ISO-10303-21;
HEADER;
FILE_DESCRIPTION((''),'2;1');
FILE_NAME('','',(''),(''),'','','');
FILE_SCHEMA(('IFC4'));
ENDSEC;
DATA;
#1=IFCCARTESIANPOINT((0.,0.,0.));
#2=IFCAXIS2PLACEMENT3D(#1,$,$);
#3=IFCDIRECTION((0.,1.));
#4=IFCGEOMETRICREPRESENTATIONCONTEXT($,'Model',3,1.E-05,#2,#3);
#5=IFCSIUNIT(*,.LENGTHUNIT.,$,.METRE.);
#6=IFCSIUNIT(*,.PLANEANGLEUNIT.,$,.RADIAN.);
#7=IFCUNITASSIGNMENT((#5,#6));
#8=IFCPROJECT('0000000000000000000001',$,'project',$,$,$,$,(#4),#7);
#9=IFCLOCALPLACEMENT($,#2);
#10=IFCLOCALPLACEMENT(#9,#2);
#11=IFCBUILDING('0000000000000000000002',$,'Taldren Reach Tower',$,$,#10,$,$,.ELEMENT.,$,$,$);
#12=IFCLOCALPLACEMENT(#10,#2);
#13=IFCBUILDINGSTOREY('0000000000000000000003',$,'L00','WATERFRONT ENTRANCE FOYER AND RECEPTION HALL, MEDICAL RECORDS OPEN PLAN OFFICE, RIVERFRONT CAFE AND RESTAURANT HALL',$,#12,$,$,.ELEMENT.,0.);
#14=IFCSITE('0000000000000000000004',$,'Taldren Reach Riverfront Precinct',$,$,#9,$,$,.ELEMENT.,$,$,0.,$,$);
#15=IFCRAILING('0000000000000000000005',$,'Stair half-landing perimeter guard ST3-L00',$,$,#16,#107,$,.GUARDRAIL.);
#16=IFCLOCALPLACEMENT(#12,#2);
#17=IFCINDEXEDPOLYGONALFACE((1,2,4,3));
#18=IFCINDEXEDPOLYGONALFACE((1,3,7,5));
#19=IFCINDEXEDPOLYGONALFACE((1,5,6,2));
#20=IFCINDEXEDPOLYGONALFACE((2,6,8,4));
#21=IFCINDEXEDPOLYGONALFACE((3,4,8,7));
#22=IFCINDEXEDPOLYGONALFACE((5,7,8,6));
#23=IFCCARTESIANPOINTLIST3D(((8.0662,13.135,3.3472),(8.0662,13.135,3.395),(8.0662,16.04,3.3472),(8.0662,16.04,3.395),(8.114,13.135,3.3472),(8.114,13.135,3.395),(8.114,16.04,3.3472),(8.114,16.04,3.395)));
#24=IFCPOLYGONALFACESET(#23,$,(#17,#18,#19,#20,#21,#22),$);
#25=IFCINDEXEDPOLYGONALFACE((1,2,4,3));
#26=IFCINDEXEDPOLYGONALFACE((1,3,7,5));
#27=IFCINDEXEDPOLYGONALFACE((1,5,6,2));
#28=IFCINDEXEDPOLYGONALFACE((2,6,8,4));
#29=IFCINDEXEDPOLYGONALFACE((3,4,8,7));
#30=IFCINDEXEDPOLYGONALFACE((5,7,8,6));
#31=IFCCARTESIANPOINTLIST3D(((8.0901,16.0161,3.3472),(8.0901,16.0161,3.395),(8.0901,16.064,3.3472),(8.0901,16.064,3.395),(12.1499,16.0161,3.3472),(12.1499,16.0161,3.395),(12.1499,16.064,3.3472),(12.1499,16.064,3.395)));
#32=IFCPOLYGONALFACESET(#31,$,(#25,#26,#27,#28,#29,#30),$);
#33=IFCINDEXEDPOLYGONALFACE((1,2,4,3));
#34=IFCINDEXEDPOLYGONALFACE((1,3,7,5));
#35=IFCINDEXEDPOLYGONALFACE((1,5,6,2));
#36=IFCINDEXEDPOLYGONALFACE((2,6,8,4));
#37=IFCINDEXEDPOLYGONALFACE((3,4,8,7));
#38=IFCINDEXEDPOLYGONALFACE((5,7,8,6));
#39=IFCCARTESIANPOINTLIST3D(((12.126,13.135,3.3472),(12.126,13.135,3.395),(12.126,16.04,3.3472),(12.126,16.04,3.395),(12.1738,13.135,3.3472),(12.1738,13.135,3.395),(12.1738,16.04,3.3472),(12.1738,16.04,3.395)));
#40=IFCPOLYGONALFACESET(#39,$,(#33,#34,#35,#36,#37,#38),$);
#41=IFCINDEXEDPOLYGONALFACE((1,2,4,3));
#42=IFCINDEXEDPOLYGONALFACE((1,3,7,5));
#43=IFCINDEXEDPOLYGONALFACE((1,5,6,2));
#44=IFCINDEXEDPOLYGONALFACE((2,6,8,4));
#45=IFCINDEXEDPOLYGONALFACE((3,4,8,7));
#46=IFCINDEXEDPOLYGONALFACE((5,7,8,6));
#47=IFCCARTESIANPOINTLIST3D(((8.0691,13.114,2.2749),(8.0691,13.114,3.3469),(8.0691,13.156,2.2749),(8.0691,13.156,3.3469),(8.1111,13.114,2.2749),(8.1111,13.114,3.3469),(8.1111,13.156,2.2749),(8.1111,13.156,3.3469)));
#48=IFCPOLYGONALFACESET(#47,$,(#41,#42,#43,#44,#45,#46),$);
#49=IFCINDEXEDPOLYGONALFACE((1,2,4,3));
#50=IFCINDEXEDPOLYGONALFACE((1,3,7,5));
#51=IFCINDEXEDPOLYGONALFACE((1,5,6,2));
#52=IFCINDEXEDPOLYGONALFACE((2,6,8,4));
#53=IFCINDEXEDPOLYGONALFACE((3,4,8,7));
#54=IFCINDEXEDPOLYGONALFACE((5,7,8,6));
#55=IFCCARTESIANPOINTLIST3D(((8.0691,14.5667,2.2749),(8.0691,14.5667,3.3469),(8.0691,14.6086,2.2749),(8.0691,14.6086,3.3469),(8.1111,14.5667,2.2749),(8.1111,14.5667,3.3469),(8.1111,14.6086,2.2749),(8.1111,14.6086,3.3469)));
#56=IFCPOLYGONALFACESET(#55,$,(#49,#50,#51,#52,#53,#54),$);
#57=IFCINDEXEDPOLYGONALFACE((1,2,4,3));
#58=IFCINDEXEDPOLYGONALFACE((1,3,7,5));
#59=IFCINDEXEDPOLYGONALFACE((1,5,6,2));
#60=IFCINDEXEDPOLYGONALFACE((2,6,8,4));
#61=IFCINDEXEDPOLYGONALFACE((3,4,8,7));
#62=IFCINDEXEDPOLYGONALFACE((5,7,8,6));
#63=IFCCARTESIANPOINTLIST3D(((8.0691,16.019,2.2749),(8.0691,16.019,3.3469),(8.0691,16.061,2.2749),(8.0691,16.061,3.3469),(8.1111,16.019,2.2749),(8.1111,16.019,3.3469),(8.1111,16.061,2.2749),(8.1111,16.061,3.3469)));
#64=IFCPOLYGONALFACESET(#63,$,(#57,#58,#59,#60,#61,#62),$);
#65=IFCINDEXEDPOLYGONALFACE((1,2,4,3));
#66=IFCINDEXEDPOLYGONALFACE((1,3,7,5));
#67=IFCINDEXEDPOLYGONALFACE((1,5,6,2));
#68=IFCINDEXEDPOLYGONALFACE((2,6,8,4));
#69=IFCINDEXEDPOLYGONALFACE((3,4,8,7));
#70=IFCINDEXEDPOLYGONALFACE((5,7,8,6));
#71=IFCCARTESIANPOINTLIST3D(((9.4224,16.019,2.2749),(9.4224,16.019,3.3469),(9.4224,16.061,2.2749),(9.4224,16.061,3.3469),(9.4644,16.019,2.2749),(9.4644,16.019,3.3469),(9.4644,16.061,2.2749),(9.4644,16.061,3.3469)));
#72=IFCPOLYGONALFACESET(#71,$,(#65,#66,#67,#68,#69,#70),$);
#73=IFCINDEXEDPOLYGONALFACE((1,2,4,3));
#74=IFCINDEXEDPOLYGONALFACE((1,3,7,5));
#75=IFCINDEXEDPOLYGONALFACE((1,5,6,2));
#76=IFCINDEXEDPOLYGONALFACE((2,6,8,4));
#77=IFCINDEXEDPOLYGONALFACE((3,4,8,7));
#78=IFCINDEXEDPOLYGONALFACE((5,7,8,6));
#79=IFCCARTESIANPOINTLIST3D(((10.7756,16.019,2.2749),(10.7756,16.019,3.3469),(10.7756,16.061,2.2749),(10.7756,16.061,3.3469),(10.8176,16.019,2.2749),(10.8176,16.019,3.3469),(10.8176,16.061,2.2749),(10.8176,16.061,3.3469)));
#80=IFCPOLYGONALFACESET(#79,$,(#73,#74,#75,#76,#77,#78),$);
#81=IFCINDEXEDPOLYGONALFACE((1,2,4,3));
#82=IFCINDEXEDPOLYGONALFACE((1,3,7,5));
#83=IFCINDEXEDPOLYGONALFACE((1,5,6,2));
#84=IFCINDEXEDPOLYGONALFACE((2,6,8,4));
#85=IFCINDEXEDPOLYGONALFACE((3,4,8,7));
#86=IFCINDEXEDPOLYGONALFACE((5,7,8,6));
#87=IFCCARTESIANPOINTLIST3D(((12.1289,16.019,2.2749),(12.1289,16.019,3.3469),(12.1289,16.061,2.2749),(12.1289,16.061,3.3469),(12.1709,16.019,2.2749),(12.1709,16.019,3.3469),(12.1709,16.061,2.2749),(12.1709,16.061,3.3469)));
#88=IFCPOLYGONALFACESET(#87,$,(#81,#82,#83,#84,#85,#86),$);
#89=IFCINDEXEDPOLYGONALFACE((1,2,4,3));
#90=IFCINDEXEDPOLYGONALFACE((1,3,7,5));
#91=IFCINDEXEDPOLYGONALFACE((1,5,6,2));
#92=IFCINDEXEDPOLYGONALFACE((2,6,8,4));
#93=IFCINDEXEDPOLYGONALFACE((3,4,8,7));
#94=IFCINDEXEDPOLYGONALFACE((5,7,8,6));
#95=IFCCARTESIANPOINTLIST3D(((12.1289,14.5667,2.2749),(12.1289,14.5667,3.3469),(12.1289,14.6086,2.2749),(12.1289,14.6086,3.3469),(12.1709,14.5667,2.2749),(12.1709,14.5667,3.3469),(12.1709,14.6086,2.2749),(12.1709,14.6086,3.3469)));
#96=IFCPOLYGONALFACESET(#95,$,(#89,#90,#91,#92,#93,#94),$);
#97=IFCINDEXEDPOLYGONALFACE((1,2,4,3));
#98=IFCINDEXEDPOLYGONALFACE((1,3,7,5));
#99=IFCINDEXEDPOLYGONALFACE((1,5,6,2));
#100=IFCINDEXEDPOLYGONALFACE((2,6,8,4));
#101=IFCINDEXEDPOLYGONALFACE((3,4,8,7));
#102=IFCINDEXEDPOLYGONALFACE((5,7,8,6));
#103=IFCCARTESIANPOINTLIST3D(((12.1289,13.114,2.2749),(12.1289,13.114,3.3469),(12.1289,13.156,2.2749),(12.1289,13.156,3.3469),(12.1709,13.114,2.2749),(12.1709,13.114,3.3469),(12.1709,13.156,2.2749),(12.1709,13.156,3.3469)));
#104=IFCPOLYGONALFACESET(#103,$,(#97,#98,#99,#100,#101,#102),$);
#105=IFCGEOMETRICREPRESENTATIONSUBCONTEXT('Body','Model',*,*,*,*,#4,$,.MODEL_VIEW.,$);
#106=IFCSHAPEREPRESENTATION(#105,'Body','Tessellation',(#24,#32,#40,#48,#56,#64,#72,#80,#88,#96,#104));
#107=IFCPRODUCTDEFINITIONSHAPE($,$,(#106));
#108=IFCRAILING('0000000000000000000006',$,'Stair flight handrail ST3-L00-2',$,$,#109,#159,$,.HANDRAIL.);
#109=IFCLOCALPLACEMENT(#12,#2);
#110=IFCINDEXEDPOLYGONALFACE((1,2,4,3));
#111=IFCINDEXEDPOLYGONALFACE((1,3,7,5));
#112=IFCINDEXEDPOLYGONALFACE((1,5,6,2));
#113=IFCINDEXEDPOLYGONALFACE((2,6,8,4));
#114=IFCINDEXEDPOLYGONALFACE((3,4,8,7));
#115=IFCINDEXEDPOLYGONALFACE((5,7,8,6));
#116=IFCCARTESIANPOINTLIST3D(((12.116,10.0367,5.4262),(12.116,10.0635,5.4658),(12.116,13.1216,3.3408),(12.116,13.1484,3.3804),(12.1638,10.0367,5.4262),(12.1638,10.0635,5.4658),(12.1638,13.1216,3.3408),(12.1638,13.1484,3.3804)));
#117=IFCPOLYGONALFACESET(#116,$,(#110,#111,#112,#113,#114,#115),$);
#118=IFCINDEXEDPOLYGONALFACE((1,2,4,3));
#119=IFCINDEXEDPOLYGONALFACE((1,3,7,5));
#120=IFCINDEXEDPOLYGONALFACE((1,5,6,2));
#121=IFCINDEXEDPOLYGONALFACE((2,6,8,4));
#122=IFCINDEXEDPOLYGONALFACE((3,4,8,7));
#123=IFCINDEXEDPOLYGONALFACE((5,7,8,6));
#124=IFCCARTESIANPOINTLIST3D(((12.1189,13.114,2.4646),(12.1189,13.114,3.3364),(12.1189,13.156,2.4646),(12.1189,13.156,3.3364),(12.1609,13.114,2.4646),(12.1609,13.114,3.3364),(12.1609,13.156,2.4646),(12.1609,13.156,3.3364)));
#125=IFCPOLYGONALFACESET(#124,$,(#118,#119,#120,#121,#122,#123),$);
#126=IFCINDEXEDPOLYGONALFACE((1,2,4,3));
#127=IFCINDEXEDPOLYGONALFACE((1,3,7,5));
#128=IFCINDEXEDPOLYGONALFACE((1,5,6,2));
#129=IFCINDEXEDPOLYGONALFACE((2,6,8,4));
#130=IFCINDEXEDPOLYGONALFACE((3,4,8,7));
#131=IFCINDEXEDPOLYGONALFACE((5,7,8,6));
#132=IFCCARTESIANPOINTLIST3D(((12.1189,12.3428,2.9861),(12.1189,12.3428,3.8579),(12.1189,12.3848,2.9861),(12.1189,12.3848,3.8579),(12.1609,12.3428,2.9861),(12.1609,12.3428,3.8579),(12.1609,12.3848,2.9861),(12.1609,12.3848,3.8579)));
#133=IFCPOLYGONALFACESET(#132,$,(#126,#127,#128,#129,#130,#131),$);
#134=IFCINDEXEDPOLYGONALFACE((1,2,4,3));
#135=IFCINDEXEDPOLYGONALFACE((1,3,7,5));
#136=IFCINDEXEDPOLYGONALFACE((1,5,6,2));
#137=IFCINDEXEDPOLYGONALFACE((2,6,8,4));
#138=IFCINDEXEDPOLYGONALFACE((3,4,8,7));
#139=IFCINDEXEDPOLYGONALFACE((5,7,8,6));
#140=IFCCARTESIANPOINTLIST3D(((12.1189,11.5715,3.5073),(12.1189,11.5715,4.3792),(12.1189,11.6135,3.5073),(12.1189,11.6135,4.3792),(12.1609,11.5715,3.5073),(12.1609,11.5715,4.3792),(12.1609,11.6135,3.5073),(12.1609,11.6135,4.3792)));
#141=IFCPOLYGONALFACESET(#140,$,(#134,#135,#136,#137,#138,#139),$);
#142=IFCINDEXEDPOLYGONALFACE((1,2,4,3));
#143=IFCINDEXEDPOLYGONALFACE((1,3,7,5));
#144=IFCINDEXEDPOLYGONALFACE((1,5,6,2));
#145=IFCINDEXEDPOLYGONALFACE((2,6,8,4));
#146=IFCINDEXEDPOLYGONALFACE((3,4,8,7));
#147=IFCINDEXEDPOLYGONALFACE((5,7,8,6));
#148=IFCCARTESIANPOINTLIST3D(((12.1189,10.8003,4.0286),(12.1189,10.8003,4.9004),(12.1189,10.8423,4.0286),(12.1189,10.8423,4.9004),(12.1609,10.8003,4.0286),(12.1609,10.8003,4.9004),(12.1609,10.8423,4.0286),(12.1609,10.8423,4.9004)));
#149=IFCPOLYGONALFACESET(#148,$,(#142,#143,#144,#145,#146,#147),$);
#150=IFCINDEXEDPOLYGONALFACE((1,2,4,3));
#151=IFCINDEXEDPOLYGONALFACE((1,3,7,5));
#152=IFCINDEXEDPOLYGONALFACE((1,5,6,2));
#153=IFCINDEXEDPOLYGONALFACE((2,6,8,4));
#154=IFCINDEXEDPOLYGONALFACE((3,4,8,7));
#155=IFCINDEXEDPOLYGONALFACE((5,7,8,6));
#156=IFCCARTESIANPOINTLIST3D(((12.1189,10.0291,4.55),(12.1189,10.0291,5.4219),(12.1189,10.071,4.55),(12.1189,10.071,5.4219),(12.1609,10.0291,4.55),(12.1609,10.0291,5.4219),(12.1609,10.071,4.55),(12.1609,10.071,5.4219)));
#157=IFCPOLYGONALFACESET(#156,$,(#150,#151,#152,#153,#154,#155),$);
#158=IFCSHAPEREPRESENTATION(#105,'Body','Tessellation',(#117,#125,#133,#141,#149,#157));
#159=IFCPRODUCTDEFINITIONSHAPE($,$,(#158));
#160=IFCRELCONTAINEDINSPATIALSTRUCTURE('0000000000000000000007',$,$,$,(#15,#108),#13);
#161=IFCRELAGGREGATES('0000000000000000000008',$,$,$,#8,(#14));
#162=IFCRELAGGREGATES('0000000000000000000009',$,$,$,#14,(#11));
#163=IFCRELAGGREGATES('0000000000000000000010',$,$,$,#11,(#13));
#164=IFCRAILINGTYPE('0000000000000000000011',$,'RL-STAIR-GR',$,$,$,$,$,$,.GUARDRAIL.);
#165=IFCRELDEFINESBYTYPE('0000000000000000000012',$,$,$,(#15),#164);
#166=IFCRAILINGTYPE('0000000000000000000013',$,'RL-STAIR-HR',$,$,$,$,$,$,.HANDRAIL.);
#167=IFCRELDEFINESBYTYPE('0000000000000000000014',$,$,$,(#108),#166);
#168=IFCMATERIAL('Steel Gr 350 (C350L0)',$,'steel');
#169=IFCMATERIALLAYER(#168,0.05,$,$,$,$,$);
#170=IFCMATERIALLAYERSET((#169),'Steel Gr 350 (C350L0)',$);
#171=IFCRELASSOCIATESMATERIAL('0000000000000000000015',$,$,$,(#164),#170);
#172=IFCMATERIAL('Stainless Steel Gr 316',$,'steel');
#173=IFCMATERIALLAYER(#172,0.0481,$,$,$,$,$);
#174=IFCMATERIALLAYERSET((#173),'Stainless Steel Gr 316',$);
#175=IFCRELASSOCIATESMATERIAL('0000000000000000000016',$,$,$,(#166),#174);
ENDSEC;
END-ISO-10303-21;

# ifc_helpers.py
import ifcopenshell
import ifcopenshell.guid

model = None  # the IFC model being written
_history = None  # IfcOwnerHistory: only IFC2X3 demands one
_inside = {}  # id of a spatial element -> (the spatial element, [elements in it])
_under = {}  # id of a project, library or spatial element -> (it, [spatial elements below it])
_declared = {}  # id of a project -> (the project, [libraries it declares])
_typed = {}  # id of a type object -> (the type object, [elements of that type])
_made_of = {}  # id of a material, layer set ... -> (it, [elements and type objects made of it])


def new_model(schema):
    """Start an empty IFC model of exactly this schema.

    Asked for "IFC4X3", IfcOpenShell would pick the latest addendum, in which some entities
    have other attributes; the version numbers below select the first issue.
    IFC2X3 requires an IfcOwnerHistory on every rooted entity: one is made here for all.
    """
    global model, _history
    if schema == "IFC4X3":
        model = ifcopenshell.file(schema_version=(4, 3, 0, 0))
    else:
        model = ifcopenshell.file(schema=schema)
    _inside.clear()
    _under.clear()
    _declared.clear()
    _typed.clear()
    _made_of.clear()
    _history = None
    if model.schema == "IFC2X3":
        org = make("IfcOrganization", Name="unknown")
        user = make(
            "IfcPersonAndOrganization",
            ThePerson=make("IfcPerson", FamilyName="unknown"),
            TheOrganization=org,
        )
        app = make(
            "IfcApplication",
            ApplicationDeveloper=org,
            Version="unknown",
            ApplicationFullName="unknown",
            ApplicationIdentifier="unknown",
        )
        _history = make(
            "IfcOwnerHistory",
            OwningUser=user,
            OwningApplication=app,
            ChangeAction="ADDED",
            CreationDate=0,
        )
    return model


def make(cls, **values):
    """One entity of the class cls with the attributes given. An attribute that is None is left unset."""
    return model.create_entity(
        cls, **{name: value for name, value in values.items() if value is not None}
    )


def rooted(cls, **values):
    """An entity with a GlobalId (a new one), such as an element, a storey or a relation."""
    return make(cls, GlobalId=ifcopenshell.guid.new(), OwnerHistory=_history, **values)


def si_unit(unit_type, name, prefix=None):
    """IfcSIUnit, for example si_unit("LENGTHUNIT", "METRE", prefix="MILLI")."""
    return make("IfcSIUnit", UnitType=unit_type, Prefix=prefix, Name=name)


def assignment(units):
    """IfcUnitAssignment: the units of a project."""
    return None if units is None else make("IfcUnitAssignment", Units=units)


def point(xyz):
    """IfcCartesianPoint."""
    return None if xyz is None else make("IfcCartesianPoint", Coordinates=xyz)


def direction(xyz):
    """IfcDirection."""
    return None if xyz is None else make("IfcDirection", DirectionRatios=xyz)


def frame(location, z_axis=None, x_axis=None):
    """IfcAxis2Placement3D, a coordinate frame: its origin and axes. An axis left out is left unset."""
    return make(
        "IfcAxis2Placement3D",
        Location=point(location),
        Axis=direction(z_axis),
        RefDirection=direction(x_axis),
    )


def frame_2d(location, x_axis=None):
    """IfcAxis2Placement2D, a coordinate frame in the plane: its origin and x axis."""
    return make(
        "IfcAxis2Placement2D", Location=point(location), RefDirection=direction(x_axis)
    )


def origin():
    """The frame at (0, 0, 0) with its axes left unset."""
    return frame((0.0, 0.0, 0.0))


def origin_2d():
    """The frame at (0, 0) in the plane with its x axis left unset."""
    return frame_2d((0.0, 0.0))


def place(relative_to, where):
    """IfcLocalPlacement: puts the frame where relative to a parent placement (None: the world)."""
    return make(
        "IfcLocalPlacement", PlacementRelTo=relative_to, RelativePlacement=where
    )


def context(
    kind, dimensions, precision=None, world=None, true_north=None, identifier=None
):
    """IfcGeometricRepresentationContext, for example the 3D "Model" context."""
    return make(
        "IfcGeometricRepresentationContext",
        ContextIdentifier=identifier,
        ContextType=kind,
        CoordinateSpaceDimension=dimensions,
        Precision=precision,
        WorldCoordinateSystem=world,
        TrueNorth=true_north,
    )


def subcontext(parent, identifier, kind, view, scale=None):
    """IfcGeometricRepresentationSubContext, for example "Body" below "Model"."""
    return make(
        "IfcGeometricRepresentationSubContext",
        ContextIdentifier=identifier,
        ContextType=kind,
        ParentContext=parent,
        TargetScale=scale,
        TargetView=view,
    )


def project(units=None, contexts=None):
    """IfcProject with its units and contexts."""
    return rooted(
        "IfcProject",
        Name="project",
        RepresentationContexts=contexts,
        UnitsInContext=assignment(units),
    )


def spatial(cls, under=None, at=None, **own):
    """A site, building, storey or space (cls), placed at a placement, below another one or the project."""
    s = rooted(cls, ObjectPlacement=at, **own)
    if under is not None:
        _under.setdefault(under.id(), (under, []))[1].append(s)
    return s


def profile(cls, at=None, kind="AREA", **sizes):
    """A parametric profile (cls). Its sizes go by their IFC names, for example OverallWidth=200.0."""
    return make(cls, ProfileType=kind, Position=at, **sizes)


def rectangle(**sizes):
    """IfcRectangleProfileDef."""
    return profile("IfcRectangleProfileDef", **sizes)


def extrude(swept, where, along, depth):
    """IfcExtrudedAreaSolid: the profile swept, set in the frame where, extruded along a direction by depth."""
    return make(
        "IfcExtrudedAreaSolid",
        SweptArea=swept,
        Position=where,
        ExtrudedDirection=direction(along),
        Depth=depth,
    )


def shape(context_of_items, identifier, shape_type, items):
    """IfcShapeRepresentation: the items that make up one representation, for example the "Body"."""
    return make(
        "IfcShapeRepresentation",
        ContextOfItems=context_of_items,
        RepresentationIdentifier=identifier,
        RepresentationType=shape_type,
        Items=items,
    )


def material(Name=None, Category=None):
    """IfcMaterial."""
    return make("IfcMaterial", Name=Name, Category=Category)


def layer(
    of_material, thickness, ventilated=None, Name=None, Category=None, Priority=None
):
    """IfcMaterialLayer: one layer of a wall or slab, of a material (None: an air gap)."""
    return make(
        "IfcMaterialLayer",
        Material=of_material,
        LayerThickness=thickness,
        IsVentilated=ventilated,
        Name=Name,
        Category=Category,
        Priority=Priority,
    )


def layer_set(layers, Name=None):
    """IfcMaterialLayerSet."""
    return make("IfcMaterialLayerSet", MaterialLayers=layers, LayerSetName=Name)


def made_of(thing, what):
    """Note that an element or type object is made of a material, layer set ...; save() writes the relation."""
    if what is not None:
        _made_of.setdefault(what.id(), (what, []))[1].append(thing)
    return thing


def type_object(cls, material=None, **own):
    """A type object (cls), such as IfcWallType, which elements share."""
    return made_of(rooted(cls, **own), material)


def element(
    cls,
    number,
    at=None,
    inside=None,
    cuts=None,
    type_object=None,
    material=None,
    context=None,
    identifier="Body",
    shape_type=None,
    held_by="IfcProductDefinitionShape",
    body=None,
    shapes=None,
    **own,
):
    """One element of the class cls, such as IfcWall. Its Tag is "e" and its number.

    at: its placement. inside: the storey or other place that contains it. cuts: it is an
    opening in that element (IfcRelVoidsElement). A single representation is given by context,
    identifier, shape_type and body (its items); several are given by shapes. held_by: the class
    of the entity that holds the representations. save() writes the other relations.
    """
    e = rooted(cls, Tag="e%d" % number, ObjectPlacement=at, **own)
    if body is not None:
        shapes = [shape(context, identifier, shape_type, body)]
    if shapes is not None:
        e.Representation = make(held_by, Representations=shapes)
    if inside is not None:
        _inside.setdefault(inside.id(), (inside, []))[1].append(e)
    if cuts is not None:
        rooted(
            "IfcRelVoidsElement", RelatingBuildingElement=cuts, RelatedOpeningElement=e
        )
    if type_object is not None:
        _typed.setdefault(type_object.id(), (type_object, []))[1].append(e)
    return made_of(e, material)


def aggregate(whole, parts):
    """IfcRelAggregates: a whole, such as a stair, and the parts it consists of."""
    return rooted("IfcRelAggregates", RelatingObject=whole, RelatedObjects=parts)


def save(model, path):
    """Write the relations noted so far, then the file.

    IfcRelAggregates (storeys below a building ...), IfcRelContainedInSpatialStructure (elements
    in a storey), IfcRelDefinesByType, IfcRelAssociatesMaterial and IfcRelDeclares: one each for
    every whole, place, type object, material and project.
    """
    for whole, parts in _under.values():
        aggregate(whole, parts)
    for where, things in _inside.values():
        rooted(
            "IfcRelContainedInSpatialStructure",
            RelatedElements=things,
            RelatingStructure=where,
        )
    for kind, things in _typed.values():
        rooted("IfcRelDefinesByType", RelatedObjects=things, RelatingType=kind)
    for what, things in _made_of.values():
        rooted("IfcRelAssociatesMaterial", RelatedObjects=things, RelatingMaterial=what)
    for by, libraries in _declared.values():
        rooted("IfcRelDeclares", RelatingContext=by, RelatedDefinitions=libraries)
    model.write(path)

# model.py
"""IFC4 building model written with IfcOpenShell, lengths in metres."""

from ifc_helpers import new_model, si_unit, direction, frame, origin, origin_2d, place, context, subcontext, project, spatial, rectangle, extrude, material, layer, layer_set, type_object, element, save


model = new_model("IFC4")

# Units and contexts
model_context = context("Model", 3, precision=1e-05, world=origin(), true_north=direction((0.0, 1.0)))
body_context = subcontext(model_context, "Body", "Model", "MODEL_VIEW")
ifc_project = project(units=[si_unit("LENGTHUNIT", "METRE"), si_unit("PLANEANGLEUNIT", "RADIAN")], contexts=[model_context])

# Site, building, storey
site_placement = place(None, origin())
site = spatial("IfcSite", under=ifc_project, at=site_placement, Name="Taldren Reach Riverfront Precinct", CompositionType="ELEMENT", RefElevation=0.0)
building_placement = place(site_placement, origin())
building = spatial("IfcBuilding", under=site, at=building_placement, Name="Taldren Reach Tower", CompositionType="ELEMENT")
storey_placement = place(building_placement, origin())
storey = spatial("IfcBuildingStorey", under=building, at=storey_placement, Name="L00", Description="WATERFRONT ENTRANCE FOYER AND RECEPTION HALL, MEDICAL RECORDS OPEN PLAN OFFICE, RIVERFRONT CAFE AND RESTAURANT HALL", CompositionType="ELEMENT", Elevation=0.0)

# Shared definitions
ifc_material_1 = material(Name="Steel Gr 350 (C350L0)", Category="steel")

# Railings
ifc_layer_1 = layer(ifc_material_1, 0.05)
ifc_layer_set_1 = layer_set([ifc_layer_1], Name="Steel Gr 350 (C350L0)")
railing_type_1 = type_object("IfcRailingType", Name="RL-STAIR-GR", PredefinedType="GUARDRAIL", material=ifc_layer_set_1)
railing_1_placement = place(storey_placement, frame((8.0901, 13.135, 2.2749)))
element("IfcRailing", 1, at=railing_1_placement, inside=storey, type_object=railing_type_1, Name="Stair half-landing perimeter guard ST3-L00", PredefinedType="GUARDRAIL", context=body_context, shape_type="SweptSolid", body=[
    extrude(rectangle(XDim=0.0479, YDim=0.0479, at=origin_2d()), frame((0.0, 0.0, 1.0962), z_axis=(0.0, 1.0, 0.0), x_axis=(-1.0, 0.0, 0.0)), (0.0, 0.0, 1.0), 2.905),
    extrude(rectangle(XDim=0.0479, YDim=0.0479, at=origin_2d()), frame((0.0, 2.905, 1.0962), z_axis=(1.0, 0.0, 0.0), x_axis=(0.0, 1.0, 0.0)), (0.0, 0.0, 1.0), 4.0598),
    extrude(rectangle(XDim=0.0479, YDim=0.0479, at=origin_2d()), frame((4.0598, 2.905, 1.0962), z_axis=(0.0, -1.0, 0.0), x_axis=(1.0, 0.0, 0.0)), (0.0, 0.0, 1.0), 2.905),
    extrude(rectangle(XDim=0.042, YDim=0.042, at=origin_2d()), origin(), (0.0, 0.0, 1.0), 1.072),
    extrude(rectangle(XDim=0.042, YDim=0.042, at=origin_2d()), frame((0.0, 1.4526, 0.0)), (0.0, 0.0, 1.0), 1.072),
    extrude(rectangle(XDim=0.042, YDim=0.042, at=origin_2d()), frame((0.0, 2.905, 0.0)), (0.0, 0.0, 1.0), 1.072),
    extrude(rectangle(XDim=0.042, YDim=0.042, at=origin_2d()), frame((1.3533, 2.905, 0.0)), (0.0, 0.0, 1.0), 1.072),
    extrude(rectangle(XDim=0.042, YDim=0.042, at=origin_2d()), frame((2.7065, 2.905, 0.0)), (0.0, 0.0, 1.0), 1.072),
    extrude(rectangle(XDim=0.042, YDim=0.042, at=origin_2d()), frame((4.0598, 2.905, 0.0)), (0.0, 0.0, 1.0), 1.072),
    extrude(rectangle(XDim=0.042, YDim=0.042, at=origin_2d()), frame((4.0598, 1.4526, 0.0)), (0.0, 0.0, 1.0), 1.072),
    extrude(rectangle(XDim=0.042, YDim=0.042, at=origin_2d()), frame((4.0598, 0.0, 0.0)), (0.0, 0.0, 1.0), 1.072),
])
ifc_material_2 = material(Name="Stainless Steel Gr 316", Category="steel")
ifc_layer_2 = layer(ifc_material_2, 0.0481)
ifc_layer_set_2 = layer_set([ifc_layer_2], Name="Stainless Steel Gr 316")
railing_type_2 = type_object("IfcRailingType", Name="RL-STAIR-HR", PredefinedType="HANDRAIL", material=ifc_layer_set_2)
railing_2_placement = place(storey_placement, frame((12.1399, 13.135, 2.4646)))
element("IfcRailing", 2, at=railing_2_placement, inside=storey, type_object=railing_type_2, Name="Stair flight handrail ST3-L00-2", PredefinedType="HANDRAIL", context=body_context, shape_type="SweptSolid", body=[
    extrude(rectangle(XDim=0.0479, YDim=0.0479, at=origin_2d()), frame((0.0, 0.0, 0.896), z_axis=(0.0, -0.828462, 0.560045), x_axis=(1.0, 0.0, 0.0)), (0.0, 0.0, 1.0), 3.7236),
    extrude(rectangle(XDim=0.042, YDim=0.042, at=origin_2d()), origin(), (0.0, 0.0, 1.0), 0.8718),
    extrude(rectangle(XDim=0.042, YDim=0.042, at=origin_2d()), frame((0.0, -0.7712, 0.5215)), (0.0, 0.0, 1.0), 0.8718),
    extrude(rectangle(XDim=0.042, YDim=0.042, at=origin_2d()), frame((0.0, -1.5425, 1.0427)), (0.0, 0.0, 1.0), 0.8718),
    extrude(rectangle(XDim=0.042, YDim=0.042, at=origin_2d()), frame((0.0, -2.3137, 1.564)), (0.0, 0.0, 1.0), 0.8718),
    extrude(rectangle(XDim=0.042, YDim=0.042, at=origin_2d()), frame((0.0, -3.085, 2.0854)), (0.0, 0.0, 1.0), 0.8718),
])

save(model, "model.ifc")
